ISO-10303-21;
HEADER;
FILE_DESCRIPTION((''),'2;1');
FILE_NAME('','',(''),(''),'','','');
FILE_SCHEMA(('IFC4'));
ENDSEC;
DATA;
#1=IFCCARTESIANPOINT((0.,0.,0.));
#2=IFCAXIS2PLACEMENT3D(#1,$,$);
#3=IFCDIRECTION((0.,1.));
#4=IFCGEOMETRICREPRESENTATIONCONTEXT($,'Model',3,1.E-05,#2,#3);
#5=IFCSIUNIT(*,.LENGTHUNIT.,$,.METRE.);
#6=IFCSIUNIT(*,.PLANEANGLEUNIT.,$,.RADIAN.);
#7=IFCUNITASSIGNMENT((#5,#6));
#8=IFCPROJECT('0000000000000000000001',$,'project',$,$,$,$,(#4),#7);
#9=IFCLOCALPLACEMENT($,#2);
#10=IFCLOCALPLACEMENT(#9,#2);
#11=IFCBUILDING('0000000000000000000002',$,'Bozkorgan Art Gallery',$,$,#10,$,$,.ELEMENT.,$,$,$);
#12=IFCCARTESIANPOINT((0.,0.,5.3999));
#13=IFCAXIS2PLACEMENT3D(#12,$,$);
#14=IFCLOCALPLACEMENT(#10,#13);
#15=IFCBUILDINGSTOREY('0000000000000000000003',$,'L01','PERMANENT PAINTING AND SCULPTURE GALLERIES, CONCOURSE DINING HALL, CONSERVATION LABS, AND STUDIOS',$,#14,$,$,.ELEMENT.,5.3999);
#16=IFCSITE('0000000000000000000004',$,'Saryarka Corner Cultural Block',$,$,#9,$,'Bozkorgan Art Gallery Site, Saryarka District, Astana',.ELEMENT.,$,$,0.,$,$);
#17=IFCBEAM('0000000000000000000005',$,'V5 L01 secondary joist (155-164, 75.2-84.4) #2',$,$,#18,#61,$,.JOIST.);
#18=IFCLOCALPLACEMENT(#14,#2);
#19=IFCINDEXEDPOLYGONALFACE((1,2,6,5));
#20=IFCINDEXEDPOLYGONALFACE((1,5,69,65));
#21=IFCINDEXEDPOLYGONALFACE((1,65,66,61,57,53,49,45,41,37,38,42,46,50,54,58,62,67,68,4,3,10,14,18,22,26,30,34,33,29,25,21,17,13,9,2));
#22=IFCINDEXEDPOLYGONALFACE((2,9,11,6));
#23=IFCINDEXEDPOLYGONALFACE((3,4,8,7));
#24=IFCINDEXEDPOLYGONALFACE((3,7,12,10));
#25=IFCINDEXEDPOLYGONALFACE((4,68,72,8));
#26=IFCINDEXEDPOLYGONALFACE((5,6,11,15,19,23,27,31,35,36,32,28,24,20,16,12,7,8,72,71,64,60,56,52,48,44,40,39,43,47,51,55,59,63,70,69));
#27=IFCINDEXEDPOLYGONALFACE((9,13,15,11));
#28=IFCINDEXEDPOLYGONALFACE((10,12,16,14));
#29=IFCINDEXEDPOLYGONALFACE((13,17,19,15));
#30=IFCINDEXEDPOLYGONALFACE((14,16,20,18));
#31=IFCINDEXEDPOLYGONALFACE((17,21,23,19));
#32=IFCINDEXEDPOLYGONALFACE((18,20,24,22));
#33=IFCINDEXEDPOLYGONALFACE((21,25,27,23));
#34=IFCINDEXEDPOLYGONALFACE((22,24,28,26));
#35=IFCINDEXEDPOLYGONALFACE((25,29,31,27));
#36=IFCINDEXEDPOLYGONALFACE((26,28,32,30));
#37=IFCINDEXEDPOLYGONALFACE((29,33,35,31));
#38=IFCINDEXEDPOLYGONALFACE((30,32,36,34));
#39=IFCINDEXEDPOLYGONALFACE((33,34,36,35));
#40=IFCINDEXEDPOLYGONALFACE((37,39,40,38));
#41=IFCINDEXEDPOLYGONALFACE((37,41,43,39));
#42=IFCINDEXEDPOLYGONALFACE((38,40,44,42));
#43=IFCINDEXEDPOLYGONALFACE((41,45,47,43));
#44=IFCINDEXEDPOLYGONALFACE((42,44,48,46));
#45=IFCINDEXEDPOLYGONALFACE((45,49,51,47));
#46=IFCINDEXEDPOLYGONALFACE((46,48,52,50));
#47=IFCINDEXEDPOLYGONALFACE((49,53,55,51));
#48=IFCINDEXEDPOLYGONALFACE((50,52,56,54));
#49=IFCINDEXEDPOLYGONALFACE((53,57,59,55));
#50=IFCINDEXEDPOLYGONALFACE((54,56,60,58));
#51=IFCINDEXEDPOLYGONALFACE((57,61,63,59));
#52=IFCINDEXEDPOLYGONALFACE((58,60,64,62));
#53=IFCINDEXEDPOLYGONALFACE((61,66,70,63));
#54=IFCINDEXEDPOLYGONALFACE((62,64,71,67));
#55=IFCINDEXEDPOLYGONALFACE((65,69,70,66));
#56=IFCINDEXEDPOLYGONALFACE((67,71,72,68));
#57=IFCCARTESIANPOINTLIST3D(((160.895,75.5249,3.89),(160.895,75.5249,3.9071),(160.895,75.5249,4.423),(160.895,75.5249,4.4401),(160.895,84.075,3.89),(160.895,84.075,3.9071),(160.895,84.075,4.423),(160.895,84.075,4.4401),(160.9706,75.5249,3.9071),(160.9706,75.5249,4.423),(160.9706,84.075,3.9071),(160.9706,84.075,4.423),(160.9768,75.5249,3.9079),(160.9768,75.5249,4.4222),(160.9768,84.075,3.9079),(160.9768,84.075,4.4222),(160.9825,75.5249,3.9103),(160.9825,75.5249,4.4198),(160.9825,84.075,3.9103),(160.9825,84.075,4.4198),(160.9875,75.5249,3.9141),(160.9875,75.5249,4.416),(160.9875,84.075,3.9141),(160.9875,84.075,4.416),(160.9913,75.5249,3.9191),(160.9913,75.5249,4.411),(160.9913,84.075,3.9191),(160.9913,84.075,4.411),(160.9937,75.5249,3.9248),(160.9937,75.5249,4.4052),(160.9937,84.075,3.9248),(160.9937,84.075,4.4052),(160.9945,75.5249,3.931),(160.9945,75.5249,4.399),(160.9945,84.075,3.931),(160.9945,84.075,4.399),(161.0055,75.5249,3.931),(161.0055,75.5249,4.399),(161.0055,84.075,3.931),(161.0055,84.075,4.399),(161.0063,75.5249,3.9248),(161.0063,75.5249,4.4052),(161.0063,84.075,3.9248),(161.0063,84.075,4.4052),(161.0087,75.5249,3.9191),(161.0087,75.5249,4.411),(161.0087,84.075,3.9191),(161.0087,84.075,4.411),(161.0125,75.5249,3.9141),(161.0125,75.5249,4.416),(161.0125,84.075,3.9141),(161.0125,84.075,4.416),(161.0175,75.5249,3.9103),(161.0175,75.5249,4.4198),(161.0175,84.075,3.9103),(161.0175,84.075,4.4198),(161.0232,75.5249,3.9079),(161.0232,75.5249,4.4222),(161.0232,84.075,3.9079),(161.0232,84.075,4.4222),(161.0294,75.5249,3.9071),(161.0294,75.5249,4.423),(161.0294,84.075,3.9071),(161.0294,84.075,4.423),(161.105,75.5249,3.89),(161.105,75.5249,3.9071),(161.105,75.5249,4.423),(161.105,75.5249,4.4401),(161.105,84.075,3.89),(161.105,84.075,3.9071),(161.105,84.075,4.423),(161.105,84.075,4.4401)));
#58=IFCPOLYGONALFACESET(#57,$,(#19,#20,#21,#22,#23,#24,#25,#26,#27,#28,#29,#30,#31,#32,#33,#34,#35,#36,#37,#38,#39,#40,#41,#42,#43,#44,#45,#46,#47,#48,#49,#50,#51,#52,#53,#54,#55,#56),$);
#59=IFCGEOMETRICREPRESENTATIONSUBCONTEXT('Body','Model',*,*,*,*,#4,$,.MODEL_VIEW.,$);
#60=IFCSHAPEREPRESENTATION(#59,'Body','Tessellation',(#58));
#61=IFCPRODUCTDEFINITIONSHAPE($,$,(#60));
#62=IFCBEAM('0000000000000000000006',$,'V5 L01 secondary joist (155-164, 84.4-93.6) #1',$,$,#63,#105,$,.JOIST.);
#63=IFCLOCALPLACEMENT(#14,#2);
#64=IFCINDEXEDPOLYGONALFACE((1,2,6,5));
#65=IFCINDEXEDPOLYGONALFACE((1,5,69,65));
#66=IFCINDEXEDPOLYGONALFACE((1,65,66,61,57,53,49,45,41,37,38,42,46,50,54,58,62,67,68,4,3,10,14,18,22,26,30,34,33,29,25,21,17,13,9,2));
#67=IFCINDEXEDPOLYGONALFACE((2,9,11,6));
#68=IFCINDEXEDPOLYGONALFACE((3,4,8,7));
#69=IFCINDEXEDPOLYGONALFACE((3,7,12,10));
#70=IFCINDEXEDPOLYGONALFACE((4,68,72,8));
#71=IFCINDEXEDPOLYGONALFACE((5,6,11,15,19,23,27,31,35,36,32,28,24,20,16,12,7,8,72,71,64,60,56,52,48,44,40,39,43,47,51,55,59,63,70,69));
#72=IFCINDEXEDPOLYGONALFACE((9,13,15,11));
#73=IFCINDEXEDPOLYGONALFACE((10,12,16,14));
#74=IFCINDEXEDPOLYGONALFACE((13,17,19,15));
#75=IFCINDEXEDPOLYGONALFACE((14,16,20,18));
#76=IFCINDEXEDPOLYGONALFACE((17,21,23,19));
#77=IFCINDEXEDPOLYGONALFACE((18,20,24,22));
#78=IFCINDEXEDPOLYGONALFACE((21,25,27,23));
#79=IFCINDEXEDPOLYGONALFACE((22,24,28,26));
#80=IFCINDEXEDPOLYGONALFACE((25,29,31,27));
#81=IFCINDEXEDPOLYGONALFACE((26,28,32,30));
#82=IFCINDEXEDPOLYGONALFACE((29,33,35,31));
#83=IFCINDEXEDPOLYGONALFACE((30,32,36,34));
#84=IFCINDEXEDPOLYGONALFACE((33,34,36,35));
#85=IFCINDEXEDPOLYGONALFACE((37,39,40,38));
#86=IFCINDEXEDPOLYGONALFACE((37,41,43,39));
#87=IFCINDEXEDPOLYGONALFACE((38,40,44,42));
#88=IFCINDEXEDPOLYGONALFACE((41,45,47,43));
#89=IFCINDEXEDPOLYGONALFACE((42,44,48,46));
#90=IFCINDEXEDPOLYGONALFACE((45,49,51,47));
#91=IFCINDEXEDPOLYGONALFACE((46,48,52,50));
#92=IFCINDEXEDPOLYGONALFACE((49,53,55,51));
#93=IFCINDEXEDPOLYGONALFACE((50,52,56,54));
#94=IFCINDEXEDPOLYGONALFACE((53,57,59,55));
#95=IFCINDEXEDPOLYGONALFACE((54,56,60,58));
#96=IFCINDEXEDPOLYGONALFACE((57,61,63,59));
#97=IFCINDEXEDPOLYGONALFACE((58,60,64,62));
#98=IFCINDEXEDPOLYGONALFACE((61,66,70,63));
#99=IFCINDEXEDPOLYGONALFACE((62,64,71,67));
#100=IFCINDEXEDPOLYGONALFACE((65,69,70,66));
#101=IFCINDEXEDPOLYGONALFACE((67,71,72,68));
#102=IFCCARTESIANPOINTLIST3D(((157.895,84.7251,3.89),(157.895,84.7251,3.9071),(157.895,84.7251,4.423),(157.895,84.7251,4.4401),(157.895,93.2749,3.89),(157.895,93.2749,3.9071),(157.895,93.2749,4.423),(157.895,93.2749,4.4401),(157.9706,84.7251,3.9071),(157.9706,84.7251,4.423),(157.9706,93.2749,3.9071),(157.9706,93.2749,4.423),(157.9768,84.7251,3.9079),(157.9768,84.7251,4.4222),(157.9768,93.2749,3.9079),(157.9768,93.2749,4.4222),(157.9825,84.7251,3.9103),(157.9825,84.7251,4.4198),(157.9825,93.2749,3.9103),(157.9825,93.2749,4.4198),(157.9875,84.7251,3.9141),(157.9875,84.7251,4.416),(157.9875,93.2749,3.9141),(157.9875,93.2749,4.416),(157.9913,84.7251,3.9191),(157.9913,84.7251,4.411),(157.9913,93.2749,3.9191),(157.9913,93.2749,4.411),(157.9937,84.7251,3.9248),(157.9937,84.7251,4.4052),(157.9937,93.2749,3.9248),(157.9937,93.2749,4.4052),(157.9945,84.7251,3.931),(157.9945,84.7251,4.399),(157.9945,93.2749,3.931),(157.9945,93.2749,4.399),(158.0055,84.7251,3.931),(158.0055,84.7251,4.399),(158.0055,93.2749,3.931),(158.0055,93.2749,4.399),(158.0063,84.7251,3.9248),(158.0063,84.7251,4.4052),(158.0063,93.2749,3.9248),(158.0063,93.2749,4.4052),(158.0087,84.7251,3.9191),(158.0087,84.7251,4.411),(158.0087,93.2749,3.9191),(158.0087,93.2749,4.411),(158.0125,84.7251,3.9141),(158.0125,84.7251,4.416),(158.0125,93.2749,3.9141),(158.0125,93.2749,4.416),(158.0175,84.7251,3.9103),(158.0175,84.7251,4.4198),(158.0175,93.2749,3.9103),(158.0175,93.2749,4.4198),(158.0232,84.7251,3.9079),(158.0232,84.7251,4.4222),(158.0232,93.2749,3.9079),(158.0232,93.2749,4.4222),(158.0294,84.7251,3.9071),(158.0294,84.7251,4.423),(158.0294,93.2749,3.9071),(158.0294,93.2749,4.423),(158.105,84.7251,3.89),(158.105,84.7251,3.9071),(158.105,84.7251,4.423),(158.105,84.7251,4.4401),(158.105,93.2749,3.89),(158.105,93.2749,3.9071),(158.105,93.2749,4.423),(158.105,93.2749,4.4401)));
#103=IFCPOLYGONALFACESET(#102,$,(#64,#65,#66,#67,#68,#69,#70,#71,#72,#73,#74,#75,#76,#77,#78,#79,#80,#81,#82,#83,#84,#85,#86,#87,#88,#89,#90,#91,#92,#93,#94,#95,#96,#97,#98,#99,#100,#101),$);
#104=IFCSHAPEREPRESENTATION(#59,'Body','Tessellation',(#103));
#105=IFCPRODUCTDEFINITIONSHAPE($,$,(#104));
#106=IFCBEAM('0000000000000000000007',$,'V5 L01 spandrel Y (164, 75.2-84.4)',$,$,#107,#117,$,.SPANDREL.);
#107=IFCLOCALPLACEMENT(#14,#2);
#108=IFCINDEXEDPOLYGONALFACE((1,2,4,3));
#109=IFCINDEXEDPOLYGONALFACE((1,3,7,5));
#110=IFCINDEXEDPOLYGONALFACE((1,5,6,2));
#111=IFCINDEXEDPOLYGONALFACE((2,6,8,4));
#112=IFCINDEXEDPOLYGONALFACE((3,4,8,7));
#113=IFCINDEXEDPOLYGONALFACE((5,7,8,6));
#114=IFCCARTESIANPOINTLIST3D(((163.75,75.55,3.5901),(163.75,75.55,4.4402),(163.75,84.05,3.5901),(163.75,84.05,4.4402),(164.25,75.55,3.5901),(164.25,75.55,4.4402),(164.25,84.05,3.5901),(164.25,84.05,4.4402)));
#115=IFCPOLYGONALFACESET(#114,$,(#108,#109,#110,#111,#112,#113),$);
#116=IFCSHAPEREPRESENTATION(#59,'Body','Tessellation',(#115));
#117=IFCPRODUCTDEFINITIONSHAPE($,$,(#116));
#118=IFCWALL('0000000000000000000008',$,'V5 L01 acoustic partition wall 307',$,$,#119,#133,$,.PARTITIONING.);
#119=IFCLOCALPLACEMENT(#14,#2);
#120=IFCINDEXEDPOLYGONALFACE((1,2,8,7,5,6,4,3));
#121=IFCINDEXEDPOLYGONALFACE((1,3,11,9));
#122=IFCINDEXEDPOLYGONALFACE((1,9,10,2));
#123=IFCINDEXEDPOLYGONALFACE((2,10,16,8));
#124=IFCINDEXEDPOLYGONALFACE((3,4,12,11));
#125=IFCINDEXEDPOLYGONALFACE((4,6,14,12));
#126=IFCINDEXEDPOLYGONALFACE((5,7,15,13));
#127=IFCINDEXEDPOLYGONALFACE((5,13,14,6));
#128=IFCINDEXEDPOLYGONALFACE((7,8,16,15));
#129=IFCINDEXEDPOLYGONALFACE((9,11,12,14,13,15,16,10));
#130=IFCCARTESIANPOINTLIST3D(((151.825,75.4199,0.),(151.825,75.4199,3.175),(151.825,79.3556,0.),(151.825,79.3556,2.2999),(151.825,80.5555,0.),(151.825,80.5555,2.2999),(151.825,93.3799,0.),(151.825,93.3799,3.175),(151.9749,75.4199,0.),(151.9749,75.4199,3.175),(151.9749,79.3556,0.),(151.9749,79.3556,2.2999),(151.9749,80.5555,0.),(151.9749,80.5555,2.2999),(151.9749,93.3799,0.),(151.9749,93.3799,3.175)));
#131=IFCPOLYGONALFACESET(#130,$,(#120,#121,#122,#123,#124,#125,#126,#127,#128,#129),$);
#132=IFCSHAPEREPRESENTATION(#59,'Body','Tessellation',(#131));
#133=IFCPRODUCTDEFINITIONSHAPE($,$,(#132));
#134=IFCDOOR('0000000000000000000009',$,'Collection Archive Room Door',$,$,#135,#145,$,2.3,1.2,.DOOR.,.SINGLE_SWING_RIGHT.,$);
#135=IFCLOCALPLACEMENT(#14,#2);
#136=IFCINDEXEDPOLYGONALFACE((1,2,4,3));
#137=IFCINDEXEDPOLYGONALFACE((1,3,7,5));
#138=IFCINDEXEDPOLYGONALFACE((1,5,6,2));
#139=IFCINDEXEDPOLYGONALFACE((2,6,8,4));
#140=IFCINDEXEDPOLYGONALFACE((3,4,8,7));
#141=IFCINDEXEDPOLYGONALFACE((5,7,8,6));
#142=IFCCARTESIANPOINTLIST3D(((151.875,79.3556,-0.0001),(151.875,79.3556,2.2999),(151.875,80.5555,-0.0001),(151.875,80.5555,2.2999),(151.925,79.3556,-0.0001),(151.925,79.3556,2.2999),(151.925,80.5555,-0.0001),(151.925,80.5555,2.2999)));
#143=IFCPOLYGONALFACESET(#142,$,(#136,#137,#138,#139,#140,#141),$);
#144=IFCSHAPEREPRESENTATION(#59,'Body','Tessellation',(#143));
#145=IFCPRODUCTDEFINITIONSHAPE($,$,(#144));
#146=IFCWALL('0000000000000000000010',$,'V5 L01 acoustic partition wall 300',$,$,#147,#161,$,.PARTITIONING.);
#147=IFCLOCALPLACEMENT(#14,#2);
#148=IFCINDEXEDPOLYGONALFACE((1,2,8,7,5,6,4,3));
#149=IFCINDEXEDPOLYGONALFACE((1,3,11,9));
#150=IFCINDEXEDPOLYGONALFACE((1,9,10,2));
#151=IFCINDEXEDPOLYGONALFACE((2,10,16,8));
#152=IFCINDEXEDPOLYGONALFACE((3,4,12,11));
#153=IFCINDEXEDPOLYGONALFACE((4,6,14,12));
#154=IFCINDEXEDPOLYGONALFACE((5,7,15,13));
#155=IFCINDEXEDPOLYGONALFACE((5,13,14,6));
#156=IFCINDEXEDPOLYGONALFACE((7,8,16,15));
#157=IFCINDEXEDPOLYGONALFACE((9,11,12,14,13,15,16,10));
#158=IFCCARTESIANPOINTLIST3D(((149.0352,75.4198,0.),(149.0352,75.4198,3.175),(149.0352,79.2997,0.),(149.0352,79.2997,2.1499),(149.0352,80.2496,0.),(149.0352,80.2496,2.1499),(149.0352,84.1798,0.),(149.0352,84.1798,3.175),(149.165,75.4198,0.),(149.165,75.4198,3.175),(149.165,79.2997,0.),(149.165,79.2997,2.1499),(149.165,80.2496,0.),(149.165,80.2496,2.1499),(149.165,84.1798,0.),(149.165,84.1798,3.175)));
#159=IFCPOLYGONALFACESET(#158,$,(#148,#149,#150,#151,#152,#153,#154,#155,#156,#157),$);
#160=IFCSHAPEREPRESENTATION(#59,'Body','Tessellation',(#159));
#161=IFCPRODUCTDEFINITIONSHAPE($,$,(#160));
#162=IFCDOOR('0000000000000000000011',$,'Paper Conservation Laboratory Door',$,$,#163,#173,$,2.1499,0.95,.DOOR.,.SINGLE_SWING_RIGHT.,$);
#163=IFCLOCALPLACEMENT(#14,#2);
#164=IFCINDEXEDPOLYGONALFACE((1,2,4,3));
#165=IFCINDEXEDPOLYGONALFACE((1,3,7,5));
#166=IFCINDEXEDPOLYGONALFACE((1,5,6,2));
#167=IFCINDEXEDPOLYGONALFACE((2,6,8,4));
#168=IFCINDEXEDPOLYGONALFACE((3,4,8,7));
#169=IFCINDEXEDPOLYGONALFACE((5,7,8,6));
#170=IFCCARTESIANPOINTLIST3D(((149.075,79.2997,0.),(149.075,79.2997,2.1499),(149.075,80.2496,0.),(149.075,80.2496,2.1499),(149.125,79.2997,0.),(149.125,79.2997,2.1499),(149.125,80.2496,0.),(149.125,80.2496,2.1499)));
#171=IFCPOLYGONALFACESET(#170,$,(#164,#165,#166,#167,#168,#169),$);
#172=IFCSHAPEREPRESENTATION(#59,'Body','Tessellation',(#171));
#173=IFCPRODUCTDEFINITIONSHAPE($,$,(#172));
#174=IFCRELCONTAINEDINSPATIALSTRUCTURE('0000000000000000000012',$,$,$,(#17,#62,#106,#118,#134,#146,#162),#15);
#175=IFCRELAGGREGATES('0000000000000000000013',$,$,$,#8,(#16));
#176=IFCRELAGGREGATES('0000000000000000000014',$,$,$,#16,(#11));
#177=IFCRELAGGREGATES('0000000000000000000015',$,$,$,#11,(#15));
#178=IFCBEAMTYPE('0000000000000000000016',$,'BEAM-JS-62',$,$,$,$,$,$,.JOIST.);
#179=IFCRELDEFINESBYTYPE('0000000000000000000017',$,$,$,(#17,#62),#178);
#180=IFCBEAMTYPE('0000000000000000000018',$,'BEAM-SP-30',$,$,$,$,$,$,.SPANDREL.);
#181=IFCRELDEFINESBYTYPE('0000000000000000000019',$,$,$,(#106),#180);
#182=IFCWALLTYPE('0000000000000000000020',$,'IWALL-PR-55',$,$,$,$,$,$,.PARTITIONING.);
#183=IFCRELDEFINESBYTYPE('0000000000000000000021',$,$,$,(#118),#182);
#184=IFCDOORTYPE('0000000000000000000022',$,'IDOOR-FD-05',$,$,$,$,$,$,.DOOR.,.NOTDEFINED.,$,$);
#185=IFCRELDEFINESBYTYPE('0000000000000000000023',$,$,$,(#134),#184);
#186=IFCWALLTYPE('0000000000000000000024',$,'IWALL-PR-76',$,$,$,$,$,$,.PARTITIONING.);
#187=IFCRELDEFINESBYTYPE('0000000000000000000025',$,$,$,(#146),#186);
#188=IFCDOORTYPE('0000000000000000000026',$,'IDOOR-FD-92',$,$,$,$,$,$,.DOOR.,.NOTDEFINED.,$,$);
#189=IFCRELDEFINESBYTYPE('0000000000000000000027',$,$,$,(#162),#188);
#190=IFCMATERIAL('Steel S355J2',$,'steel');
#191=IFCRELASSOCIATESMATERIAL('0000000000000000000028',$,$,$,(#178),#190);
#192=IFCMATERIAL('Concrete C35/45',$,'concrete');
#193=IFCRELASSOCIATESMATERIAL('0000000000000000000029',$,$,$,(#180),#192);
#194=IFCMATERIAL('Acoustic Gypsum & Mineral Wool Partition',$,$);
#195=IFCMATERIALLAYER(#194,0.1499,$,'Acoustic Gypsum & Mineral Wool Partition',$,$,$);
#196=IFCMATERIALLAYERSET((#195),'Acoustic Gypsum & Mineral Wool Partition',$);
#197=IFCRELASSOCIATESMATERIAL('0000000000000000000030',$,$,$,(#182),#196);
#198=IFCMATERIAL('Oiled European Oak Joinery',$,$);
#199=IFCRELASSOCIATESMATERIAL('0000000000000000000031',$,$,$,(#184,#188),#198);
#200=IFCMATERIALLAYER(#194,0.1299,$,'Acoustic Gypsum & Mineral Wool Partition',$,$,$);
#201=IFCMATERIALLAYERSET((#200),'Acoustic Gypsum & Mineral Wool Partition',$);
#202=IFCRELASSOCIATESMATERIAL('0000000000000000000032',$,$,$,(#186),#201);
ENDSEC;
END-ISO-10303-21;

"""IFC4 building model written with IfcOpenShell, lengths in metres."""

from ifc_helpers import new_model, si_unit, direction, frame, frame_2d, origin, origin_2d, place, context, subcontext, project, spatial, rectangle, i_section, extrude, material, layer, layer_set, material_profile, profile_set, type_object, element, fill, save


model = new_model("IFC4")

# Units and contexts
model_context = context("Model", 3, precision=1e-05, world=origin(), true_north=direction((0.0, 1.0)))
body_context = subcontext(model_context, "Body", "Model", "MODEL_VIEW")
ifc_project = project(units=[si_unit("LENGTHUNIT", "METRE"), si_unit("PLANEANGLEUNIT", "RADIAN")], contexts=[model_context])

# Site, building, storey
site_placement = place(None, origin())
site = spatial("IfcSite", under=ifc_project, at=site_placement, Name="Saryarka Corner Cultural Block", LongName="Bozkorgan Art Gallery Site, Saryarka District, Astana", CompositionType="ELEMENT", RefElevation=0.0)
building_placement = place(site_placement, origin())
building = spatial("IfcBuilding", under=site, at=building_placement, Name="Bozkorgan Art Gallery", CompositionType="ELEMENT")
storey_placement = place(building_placement, frame((0.0, 0.0, 5.3999)))
storey = spatial("IfcBuildingStorey", under=building, at=storey_placement, Name="L01", Description="PERMANENT PAINTING AND SCULPTURE GALLERIES, CONCOURSE DINING HALL, CONSERVATION LABS, AND STUDIOS", CompositionType="ELEMENT", Elevation=5.3999)

# Beams
ifc_material_1 = material(Name="Concrete C35/45", Category="concrete")
ifc_material_2 = material(Name="Steel S355J2", Category="steel")
ifc_material_profile_1 = material_profile(ifc_material_2, i_section(OverallWidth=0.21, OverallDepth=0.55, WebThickness=0.011, FlangeThickness=0.0171, FilletRadius=0.0239, at=origin_2d()), Name="IPE 550")
ifc_profile_set_1 = profile_set([ifc_material_profile_1], Name="Steel S355J2")
beam_type_1 = type_object("IfcBeamType", Name="BEAM-JS-62", PredefinedType="JOIST", material=ifc_profile_set_1)
for number, where, z_axis, x_axis, name in (
    (1, (161.0, 75.5249, 4.165), (0.0, 1.0, 0.0), (-1.0, 0.0, 0.0), "V5 L01 secondary joist (155-164, 75.2-84.4) #2"),
):
    element("IfcBeam", number, at=place(storey_placement, frame(where, z_axis=z_axis, x_axis=x_axis)), inside=storey, type_object=beam_type_1, Name=name, PredefinedType="JOIST", context=body_context, shape_type="SweptSolid", body=[
        extrude(i_section(OverallWidth=0.21, OverallDepth=0.55, WebThickness=0.011, FlangeThickness=0.0171, FilletRadius=0.0239, at=origin_2d()), origin(), (0.0, 0.0, 1.0), 8.55),
    ])
beam_1_placement = place(storey_placement, frame((158.0, 84.7251, 4.165), z_axis=(0.0, 1.0, 0.0), x_axis=(-1.0, 0.0, 0.0)))
element("IfcBeam", 2, at=beam_1_placement, inside=storey, type_object=beam_type_1, Name="V5 L01 secondary joist (155-164, 84.4-93.6) #1", PredefinedType="JOIST", context=body_context, shape_type="SweptSolid", body=[
    extrude(i_section(OverallWidth=0.21, OverallDepth=0.55, WebThickness=0.011, FlangeThickness=0.0171, FilletRadius=0.0239, at=origin_2d()), origin(), (0.0, 0.0, 1.0), 8.5498),
])
ifc_material_profile_2 = material_profile(ifc_material_1, rectangle(XDim=0.5, YDim=0.8501, at=origin_2d()), Name="RC 500x850")
ifc_profile_set_2 = profile_set([ifc_material_profile_2], Name="Concrete C35/45")
beam_type_2 = type_object("IfcBeamType", Name="BEAM-SP-30", PredefinedType="SPANDREL", material=ifc_profile_set_2)
beam_2_placement = place(storey_placement, frame((164.0, 75.55, 4.0151), z_axis=(0.0, 1.0, 0.0), x_axis=(-1.0, 0.0, 0.0)))
element("IfcBeam", 3, at=beam_2_placement, inside=storey, type_object=beam_type_2, Name="V5 L01 spandrel Y (164, 75.2-84.4)", PredefinedType="SPANDREL", context=body_context, shape_type="SweptSolid", body=[
    extrude(rectangle(XDim=0.5, YDim=0.8501, at=origin_2d()), origin(), (0.0, 0.0, 1.0), 8.5),
])

# Walls, openings, doors
ifc_material_3 = material(Name="Acoustic Gypsum & Mineral Wool Partition")
ifc_layer_1 = layer(ifc_material_3, 0.1499, Name="Acoustic Gypsum & Mineral Wool Partition")
ifc_layer_set_1 = layer_set([ifc_layer_1], Name="Acoustic Gypsum & Mineral Wool Partition")
wall_type_1 = type_object("IfcWallType", Name="IWALL-PR-55", PredefinedType="PARTITIONING", material=ifc_layer_set_1)
wall_1_placement = place(storey_placement, frame((151.8999, 75.4199, 0.0), z_axis=(0.0, 0.0, 1.0), x_axis=(0.0, 1.0, 0.0)))
wall_1 = element("IfcWall", 4, at=wall_1_placement, inside=storey, type_object=wall_type_1, Name="V5 L01 acoustic partition wall 307", PredefinedType="PARTITIONING", context=body_context, shape_type="SweptSolid", body=[
    extrude(rectangle(XDim=17.96, YDim=0.1499, at=frame_2d((8.98, 0.0))), origin(), (0.0, 0.0, 1.0), 3.175),
])
opening_1_placement = place(wall_1_placement, frame((3.9355, 0.0, 0.0)))
opening_1 = element("IfcOpeningElement", 5, at=opening_1_placement, cuts=wall_1, PredefinedType="OPENING", context=body_context, shape_type="SweptSolid", body=[
    extrude(rectangle(XDim=1.2, YDim=2.3, at=frame_2d((0.6001, 1.1499))), frame((0.0, 0.085, 0.0), z_axis=(0.0, -1.0, 0.0), x_axis=(1.0, 0.0, 0.0)), (0.0, 0.0, 1.0), 0.1699),
])
ifc_material_4 = material(Name="Oiled European Oak Joinery")
door_type_1 = type_object("IfcDoorType", Name="IDOOR-FD-05", OperationType="NOTDEFINED", PredefinedType="DOOR", material=ifc_material_4)
door_1_placement = place(opening_1_placement, origin())
door_1 = element("IfcDoor", 6, at=door_1_placement, inside=storey, type_object=door_type_1, Name="Collection Archive Room Door", OperationType="SINGLE_SWING_RIGHT", OverallHeight=2.3, OverallWidth=1.2, PredefinedType="DOOR", context=body_context, shape_type="SweptSolid", body=[
    extrude(rectangle(XDim=1.2, YDim=2.3, at=frame_2d((0.6001, 1.1499))), frame((0.0, 0.0249, 0.0), z_axis=(0.0, -1.0, 0.0), x_axis=(1.0, 0.0, 0.0)), (0.0, 0.0, 1.0), 0.05),
])
fill(opening_1, door_1)
ifc_layer_2 = layer(ifc_material_3, 0.1299, Name="Acoustic Gypsum & Mineral Wool Partition")
ifc_layer_set_2 = layer_set([ifc_layer_2], Name="Acoustic Gypsum & Mineral Wool Partition")
wall_type_2 = type_object("IfcWallType", Name="IWALL-PR-76", PredefinedType="PARTITIONING", material=ifc_layer_set_2)
wall_2_placement = place(storey_placement, frame((149.1001, 75.4199, 0.0), z_axis=(0.0, 0.0, 1.0), x_axis=(0.0, 1.0, 0.0)))
wall_2 = element("IfcWall", 7, at=wall_2_placement, inside=storey, type_object=wall_type_2, Name="V5 L01 acoustic partition wall 300", PredefinedType="PARTITIONING", context=body_context, shape_type="SweptSolid", body=[
    extrude(rectangle(XDim=8.76, YDim=0.1299, at=frame_2d((4.3799, 0.0))), origin(), (0.0, 0.0, 1.0), 3.175),
])
opening_2_placement = place(wall_2_placement, frame((4.8298, 0.0, 0.0), z_axis=(0.0, 0.0, 1.0), x_axis=(-1.0, 0.0, 0.0)))
opening_2 = element("IfcOpeningElement", 8, at=opening_2_placement, cuts=wall_2, PredefinedType="OPENING", context=body_context, shape_type="SweptSolid", body=[
    extrude(rectangle(XDim=0.95, YDim=2.1499, at=frame_2d((0.4751, 1.075))), frame((0.0, 0.075, 0.0), z_axis=(0.0, -1.0, 0.0), x_axis=(1.0, 0.0, 0.0)), (0.0, 0.0, 1.0), 0.1499),
])
door_type_2 = type_object("IfcDoorType", Name="IDOOR-FD-92", OperationType="NOTDEFINED", PredefinedType="DOOR", material=ifc_material_4)
door_2_placement = place(opening_2_placement, origin())
door_2 = element("IfcDoor", 9, at=door_2_placement, inside=storey, type_object=door_type_2, Name="Paper Conservation Laboratory Door", OperationType="SINGLE_SWING_RIGHT", OverallHeight=2.1499, OverallWidth=0.95, PredefinedType="DOOR", context=body_context, shape_type="SweptSolid", body=[
    extrude(rectangle(XDim=0.95, YDim=2.1499, at=frame_2d((0.4751, 1.075))), frame((0.0, 0.0249, 0.0), z_axis=(0.0, -1.0, 0.0), x_axis=(1.0, 0.0, 0.0)), (0.0, 0.0, 1.0), 0.05),
])
fill(opening_2, door_2)

save(model, "model.ifc")
